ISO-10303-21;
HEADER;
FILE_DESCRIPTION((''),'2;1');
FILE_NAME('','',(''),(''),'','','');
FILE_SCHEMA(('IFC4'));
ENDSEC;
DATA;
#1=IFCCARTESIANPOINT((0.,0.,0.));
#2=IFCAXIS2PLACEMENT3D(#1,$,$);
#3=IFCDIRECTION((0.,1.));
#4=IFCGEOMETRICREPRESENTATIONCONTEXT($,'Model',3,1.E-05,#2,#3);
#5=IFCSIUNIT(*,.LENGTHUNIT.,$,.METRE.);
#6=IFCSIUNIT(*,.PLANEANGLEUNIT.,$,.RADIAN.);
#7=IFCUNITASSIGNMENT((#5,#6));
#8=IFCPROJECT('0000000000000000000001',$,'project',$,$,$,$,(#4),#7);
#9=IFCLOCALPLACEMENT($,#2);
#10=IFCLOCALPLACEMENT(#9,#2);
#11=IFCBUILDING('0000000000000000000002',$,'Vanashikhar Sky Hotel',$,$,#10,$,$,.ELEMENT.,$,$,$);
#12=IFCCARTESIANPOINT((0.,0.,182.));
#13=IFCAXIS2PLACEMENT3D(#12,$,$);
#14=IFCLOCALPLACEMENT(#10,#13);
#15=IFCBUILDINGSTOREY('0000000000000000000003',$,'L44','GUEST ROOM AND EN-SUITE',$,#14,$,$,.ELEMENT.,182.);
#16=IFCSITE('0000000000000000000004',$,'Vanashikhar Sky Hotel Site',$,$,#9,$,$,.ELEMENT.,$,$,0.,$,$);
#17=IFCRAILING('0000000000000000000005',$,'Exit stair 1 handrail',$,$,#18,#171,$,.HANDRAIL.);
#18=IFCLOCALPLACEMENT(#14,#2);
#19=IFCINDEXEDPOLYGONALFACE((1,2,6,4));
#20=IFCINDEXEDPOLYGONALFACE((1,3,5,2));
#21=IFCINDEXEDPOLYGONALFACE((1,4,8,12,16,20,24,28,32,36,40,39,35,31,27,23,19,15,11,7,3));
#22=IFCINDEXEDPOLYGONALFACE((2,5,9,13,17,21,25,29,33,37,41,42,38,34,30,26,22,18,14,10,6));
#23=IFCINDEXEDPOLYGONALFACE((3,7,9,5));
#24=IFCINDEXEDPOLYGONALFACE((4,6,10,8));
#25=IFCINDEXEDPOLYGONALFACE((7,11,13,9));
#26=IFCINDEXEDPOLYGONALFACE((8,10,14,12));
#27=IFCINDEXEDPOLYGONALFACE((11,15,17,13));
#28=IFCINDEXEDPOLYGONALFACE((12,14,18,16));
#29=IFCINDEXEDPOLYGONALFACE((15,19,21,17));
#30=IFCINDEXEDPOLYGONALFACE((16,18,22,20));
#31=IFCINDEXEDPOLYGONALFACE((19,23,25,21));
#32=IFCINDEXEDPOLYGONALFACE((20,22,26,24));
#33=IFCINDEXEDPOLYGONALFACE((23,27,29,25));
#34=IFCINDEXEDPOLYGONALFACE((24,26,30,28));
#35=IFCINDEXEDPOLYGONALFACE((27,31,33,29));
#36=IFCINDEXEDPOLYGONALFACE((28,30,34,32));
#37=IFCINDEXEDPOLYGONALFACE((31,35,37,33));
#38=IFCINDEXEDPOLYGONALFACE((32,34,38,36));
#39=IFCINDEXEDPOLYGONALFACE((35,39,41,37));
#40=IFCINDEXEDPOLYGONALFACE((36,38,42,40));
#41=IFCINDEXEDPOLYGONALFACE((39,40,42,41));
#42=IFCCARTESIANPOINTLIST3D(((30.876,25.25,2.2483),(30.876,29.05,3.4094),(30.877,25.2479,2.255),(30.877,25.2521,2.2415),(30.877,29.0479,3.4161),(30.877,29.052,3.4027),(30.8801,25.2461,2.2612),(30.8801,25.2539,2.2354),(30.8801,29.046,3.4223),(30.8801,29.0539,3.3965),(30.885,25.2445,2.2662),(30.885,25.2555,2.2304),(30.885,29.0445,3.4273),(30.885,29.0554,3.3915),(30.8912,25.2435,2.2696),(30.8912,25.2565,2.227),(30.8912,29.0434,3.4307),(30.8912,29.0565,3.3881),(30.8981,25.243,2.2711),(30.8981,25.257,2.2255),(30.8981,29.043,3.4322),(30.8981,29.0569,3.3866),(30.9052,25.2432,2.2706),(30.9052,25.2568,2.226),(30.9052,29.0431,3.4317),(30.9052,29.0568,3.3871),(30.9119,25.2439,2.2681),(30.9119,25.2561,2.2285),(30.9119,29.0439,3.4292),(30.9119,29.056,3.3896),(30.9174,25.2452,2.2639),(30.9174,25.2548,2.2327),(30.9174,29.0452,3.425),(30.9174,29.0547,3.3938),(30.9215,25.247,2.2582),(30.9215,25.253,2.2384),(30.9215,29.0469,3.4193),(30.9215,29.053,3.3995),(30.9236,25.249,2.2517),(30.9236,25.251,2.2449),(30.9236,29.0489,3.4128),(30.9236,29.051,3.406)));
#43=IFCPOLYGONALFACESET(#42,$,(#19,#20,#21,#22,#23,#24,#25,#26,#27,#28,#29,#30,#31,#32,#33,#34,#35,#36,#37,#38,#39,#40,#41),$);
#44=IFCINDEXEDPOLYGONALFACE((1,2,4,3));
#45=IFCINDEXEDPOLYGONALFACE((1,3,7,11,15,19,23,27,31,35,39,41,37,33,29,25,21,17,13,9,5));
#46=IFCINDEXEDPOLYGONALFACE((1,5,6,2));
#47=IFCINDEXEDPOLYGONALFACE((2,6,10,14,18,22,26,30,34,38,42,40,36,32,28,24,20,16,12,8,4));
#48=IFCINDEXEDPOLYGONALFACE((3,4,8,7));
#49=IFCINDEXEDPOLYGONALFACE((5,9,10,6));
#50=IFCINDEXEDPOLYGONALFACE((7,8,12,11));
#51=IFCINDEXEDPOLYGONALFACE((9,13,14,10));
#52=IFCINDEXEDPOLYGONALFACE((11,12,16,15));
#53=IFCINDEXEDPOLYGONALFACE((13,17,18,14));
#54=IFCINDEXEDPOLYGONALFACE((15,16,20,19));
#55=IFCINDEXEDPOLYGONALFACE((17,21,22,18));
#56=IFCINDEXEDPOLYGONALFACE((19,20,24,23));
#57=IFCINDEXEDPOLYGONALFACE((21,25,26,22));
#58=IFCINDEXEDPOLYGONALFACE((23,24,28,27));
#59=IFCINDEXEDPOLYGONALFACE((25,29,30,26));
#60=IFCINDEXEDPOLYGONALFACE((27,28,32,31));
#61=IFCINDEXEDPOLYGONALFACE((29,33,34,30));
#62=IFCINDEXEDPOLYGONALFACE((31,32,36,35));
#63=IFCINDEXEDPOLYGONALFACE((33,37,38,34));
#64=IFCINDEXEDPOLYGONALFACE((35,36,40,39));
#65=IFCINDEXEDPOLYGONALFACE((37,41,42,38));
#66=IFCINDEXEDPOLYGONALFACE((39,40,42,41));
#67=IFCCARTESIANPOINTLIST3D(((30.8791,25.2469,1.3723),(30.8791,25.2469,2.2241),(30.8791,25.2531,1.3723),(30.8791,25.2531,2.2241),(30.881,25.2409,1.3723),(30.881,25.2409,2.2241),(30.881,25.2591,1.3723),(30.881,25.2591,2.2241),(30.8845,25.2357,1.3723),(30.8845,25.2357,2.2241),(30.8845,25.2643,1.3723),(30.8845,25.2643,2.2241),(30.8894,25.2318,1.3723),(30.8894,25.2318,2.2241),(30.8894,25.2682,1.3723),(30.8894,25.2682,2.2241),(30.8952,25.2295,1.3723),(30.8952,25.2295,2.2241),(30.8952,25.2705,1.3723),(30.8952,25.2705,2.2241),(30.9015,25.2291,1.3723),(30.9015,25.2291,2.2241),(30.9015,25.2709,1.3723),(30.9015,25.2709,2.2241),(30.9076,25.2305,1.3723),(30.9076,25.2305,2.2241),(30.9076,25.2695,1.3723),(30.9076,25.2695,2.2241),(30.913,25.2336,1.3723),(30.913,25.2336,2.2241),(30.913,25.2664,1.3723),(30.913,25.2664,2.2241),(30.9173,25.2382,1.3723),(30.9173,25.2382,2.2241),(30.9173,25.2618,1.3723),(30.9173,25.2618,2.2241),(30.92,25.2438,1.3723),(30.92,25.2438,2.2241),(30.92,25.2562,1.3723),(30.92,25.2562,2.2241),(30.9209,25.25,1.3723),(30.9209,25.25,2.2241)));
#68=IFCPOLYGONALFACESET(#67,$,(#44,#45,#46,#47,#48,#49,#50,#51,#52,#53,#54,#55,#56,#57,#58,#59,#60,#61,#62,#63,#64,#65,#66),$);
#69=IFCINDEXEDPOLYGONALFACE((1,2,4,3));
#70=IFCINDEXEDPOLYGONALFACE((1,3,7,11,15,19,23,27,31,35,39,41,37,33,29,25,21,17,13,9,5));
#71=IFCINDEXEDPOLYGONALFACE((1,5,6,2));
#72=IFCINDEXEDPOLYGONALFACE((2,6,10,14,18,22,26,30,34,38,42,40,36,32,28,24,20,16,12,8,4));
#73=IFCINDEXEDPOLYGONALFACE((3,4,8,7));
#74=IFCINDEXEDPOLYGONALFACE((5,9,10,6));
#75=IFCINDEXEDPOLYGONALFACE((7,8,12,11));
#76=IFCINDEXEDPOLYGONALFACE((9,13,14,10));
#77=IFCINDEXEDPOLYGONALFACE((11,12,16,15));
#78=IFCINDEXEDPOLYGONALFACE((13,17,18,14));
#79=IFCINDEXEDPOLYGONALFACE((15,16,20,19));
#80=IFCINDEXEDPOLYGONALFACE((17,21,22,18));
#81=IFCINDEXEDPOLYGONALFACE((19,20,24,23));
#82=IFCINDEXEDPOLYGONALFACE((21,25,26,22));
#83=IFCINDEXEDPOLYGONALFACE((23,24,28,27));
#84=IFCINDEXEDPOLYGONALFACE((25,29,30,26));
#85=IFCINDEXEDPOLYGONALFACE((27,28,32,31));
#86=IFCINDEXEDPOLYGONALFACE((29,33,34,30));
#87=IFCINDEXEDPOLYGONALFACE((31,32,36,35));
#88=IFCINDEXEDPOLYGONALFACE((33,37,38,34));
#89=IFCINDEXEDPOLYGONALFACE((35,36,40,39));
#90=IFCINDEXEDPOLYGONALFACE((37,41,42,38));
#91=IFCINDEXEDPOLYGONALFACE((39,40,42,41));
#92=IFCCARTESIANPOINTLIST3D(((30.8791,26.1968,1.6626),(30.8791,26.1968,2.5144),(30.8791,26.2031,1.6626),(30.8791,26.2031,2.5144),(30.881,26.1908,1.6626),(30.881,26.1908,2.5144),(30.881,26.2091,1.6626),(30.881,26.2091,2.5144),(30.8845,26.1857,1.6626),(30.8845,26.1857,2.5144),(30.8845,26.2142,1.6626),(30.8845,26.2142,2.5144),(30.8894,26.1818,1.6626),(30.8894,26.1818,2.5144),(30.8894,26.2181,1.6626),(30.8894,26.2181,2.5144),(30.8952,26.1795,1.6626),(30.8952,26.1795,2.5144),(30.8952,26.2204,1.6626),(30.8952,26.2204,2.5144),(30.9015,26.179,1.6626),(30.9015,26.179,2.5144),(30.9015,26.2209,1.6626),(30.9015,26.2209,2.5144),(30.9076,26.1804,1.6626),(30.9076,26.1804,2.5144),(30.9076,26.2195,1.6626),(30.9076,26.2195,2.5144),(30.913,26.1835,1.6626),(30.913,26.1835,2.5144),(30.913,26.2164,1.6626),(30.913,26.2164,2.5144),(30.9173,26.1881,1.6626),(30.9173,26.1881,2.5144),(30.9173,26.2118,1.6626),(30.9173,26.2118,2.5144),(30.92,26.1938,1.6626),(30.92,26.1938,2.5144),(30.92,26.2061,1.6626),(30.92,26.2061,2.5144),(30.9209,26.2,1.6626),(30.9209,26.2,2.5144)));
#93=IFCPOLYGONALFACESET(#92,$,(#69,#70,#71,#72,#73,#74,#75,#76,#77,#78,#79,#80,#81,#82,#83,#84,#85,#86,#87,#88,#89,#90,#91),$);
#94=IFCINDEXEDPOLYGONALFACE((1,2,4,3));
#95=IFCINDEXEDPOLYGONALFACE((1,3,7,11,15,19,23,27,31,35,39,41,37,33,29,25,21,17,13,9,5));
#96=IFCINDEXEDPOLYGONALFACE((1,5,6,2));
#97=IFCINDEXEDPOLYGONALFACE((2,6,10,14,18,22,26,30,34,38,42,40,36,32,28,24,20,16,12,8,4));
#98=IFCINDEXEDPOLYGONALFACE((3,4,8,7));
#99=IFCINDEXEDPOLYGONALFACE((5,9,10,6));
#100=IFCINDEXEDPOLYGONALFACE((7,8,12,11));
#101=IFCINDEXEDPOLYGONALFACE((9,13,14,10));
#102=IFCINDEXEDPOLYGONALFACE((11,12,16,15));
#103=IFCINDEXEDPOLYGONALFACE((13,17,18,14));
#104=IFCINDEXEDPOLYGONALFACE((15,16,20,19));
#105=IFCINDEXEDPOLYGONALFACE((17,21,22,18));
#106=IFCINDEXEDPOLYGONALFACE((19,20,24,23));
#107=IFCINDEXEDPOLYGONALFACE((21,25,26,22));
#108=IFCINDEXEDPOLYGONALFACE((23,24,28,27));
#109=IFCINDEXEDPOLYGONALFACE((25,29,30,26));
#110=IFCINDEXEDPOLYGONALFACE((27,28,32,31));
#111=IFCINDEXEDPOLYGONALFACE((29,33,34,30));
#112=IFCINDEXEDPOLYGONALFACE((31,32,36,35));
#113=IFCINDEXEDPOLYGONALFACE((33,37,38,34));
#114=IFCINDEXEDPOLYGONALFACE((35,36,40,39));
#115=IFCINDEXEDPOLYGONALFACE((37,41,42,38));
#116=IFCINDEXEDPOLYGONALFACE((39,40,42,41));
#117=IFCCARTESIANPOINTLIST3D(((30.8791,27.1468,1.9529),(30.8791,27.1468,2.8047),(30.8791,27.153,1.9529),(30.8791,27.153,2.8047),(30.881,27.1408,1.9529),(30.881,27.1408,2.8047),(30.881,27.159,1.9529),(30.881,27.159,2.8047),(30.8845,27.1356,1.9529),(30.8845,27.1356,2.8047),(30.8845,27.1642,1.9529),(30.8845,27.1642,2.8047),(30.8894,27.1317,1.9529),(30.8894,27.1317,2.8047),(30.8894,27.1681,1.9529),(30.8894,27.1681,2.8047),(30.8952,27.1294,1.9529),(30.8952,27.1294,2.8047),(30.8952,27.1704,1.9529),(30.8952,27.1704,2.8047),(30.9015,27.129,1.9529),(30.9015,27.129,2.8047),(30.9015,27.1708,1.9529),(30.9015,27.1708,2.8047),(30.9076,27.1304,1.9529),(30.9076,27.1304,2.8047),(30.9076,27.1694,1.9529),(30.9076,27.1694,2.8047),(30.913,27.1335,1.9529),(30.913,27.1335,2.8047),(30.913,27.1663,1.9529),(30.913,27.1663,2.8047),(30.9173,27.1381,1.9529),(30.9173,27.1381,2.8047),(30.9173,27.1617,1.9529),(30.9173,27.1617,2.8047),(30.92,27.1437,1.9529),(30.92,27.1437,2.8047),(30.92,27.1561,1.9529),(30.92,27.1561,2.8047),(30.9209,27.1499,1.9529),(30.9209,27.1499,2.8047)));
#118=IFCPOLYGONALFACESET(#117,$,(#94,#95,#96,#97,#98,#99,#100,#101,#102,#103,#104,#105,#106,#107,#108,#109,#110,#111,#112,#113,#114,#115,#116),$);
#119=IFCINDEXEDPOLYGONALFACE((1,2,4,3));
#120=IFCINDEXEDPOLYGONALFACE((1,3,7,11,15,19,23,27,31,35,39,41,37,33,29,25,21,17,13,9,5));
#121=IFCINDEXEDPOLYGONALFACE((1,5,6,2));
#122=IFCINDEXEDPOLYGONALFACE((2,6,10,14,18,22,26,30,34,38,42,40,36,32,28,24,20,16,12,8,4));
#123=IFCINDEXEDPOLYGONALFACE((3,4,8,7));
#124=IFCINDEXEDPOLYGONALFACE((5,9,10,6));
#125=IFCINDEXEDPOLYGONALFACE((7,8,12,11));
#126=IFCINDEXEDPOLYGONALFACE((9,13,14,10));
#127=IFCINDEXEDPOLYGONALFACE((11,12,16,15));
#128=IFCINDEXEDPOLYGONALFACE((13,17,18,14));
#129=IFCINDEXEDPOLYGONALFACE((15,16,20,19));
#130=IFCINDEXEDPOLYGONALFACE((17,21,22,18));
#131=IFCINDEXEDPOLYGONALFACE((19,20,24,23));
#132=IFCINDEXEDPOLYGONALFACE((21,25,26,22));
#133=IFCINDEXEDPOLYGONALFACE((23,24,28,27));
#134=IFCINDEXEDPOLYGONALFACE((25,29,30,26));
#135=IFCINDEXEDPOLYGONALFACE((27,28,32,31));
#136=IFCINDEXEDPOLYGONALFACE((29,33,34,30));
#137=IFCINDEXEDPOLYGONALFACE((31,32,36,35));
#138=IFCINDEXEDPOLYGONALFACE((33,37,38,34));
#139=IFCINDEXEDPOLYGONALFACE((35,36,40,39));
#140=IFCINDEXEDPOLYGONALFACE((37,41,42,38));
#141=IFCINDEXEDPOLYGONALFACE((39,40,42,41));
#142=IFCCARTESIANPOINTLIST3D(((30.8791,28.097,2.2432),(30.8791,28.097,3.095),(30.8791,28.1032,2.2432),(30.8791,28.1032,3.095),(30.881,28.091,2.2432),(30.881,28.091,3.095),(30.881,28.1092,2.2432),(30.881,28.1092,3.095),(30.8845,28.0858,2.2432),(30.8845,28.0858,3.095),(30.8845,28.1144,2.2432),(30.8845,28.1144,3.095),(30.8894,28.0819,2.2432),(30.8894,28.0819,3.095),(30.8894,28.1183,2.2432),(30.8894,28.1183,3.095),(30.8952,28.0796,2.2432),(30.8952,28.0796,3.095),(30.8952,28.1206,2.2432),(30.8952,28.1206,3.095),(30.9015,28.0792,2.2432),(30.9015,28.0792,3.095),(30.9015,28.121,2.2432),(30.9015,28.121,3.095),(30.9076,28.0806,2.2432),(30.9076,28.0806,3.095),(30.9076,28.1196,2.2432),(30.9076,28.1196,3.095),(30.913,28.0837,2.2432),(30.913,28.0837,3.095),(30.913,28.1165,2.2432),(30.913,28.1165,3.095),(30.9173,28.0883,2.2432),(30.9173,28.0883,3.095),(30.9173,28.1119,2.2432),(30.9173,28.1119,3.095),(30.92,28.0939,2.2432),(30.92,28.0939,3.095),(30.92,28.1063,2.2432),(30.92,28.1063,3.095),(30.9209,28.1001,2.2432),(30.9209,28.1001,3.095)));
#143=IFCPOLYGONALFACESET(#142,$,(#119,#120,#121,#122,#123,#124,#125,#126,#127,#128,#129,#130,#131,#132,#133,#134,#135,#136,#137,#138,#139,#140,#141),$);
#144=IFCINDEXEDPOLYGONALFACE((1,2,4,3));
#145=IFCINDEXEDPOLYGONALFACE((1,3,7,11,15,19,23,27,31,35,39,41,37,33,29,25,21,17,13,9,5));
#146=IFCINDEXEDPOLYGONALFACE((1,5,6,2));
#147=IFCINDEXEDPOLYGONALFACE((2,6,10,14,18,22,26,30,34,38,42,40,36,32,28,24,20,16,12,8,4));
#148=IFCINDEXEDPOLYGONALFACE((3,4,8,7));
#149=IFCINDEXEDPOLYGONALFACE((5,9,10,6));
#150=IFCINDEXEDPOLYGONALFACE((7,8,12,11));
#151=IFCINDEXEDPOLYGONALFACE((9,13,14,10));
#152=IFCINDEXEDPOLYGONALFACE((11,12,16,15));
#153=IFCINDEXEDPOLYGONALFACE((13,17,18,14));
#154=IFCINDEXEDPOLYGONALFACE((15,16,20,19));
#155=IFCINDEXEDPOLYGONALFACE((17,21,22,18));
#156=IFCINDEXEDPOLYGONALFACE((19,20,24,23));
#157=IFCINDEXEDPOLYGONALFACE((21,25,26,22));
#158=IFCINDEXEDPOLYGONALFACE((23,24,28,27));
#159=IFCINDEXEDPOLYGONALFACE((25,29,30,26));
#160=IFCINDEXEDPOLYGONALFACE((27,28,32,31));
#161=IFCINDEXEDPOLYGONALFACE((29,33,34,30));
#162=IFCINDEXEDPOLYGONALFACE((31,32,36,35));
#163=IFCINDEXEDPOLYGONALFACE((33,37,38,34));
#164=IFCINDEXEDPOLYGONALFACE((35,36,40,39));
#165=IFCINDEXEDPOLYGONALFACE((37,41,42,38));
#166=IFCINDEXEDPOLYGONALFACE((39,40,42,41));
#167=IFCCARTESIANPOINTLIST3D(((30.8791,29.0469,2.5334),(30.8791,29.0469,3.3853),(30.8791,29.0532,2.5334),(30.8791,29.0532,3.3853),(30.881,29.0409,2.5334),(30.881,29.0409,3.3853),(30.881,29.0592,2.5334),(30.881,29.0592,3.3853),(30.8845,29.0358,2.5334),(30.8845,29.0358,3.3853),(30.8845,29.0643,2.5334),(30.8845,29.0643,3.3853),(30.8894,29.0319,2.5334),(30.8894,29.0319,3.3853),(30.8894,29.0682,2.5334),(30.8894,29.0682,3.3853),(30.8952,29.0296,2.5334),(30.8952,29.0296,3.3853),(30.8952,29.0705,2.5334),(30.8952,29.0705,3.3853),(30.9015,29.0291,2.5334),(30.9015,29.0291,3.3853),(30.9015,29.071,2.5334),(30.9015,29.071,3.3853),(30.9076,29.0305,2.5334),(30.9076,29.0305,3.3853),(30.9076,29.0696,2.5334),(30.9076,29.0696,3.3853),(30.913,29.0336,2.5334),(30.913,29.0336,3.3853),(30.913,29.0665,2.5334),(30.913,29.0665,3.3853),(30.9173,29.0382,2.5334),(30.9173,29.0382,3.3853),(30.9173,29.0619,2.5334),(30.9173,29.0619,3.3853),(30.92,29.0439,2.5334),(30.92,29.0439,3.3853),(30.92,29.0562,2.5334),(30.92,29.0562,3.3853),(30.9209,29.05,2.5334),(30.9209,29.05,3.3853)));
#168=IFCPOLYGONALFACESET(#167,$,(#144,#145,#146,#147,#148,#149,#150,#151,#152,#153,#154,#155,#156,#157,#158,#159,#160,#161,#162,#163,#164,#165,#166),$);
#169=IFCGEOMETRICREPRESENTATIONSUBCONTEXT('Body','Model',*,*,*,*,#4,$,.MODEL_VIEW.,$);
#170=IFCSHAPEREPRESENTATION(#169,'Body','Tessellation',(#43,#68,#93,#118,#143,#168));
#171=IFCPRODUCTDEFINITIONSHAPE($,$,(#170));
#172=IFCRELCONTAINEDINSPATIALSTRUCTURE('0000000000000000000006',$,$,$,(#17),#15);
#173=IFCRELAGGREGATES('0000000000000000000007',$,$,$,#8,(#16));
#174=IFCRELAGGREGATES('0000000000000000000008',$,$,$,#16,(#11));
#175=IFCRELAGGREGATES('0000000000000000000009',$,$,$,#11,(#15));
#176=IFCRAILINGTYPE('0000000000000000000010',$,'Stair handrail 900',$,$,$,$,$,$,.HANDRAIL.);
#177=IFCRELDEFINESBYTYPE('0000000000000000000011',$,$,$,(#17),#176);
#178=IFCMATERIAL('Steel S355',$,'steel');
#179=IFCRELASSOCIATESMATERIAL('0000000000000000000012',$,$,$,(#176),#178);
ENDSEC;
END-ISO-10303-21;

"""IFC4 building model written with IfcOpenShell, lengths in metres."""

from ifc_helpers import new_model, si_unit, direction, frame, origin, origin_2d, place, context, subcontext, project, spatial, circle, extrude, source, transform, mapped, material, type_object, element, save


model = new_model("IFC4")

# Units and contexts
model_context = context("Model", 3, precision=1e-05, world=origin(), true_north=direction((0.0, 1.0)))
body_context = subcontext(model_context, "Body", "Model", "MODEL_VIEW")
ifc_project = project(units=[si_unit("LENGTHUNIT", "METRE"), si_unit("PLANEANGLEUNIT", "RADIAN")], contexts=[model_context])

# Site, building, storey
site_placement = place(None, origin())
site = spatial("IfcSite", under=ifc_project, at=site_placement, Name="Vanashikhar Sky Hotel Site", CompositionType="ELEMENT", RefElevation=0.0)
building_placement = place(site_placement, origin())
building = spatial("IfcBuilding", under=site, at=building_placement, Name="Vanashikhar Sky Hotel", CompositionType="ELEMENT")
storey_placement = place(building_placement, frame((0.0, 0.0, 182.0)))
storey = spatial("IfcBuildingStorey", under=building, at=storey_placement, Name="L44", Description="GUEST ROOM AND EN-SUITE", CompositionType="ELEMENT", Elevation=182.0)

# Railing
ifc_material_1 = material(Name="Steel S355", Category="steel")
railing_type = type_object("IfcRailingType", Name="Stair handrail 900", PredefinedType="HANDRAIL", material=ifc_material_1)
shared_shape_1 = source(origin(), body_context, "Body", "SweptSolid", [
    extrude(circle(Radius=0.0239, at=origin_2d()), frame((0.0, 0.0, 0.876), z_axis=(0.0, 0.956351, 0.29222), x_axis=(-1.0, 0.0, 0.0)), (0.0, 0.0, 1.0), 3.9734),
    extrude(circle(Radius=0.021, at=origin_2d()), origin(), (0.0, 0.0, 1.0), 0.8518),
    extrude(circle(Radius=0.021, at=origin_2d()), frame((0.0, 0.95, 0.2903)), (0.0, 0.0, 1.0), 0.8518),
    extrude(circle(Radius=0.021, at=origin_2d()), frame((0.0, 1.8999, 0.5806)), (0.0, 0.0, 1.0), 0.8518),
    extrude(circle(Radius=0.021, at=origin_2d()), frame((0.0, 2.8501, 0.8708)), (0.0, 0.0, 1.0), 0.8518),
    extrude(circle(Radius=0.021, at=origin_2d()), frame((0.0, 3.8, 1.1611)), (0.0, 0.0, 1.0), 0.8518),
])
for number, where, name in (
    (1, (30.8999, 25.25, 1.3723), "Exit stair 1 handrail"),
):
    element("IfcRailing", number, at=place(storey_placement, frame(where)), inside=storey, type_object=railing_type, Name=name, PredefinedType="HANDRAIL", context=body_context, shape_type="MappedRepresentation", body=[
        mapped(shared_shape_1, transform((0.0, 0.0, 0.0), scale=1.0)),
    ])

save(model, "model.ifc")
